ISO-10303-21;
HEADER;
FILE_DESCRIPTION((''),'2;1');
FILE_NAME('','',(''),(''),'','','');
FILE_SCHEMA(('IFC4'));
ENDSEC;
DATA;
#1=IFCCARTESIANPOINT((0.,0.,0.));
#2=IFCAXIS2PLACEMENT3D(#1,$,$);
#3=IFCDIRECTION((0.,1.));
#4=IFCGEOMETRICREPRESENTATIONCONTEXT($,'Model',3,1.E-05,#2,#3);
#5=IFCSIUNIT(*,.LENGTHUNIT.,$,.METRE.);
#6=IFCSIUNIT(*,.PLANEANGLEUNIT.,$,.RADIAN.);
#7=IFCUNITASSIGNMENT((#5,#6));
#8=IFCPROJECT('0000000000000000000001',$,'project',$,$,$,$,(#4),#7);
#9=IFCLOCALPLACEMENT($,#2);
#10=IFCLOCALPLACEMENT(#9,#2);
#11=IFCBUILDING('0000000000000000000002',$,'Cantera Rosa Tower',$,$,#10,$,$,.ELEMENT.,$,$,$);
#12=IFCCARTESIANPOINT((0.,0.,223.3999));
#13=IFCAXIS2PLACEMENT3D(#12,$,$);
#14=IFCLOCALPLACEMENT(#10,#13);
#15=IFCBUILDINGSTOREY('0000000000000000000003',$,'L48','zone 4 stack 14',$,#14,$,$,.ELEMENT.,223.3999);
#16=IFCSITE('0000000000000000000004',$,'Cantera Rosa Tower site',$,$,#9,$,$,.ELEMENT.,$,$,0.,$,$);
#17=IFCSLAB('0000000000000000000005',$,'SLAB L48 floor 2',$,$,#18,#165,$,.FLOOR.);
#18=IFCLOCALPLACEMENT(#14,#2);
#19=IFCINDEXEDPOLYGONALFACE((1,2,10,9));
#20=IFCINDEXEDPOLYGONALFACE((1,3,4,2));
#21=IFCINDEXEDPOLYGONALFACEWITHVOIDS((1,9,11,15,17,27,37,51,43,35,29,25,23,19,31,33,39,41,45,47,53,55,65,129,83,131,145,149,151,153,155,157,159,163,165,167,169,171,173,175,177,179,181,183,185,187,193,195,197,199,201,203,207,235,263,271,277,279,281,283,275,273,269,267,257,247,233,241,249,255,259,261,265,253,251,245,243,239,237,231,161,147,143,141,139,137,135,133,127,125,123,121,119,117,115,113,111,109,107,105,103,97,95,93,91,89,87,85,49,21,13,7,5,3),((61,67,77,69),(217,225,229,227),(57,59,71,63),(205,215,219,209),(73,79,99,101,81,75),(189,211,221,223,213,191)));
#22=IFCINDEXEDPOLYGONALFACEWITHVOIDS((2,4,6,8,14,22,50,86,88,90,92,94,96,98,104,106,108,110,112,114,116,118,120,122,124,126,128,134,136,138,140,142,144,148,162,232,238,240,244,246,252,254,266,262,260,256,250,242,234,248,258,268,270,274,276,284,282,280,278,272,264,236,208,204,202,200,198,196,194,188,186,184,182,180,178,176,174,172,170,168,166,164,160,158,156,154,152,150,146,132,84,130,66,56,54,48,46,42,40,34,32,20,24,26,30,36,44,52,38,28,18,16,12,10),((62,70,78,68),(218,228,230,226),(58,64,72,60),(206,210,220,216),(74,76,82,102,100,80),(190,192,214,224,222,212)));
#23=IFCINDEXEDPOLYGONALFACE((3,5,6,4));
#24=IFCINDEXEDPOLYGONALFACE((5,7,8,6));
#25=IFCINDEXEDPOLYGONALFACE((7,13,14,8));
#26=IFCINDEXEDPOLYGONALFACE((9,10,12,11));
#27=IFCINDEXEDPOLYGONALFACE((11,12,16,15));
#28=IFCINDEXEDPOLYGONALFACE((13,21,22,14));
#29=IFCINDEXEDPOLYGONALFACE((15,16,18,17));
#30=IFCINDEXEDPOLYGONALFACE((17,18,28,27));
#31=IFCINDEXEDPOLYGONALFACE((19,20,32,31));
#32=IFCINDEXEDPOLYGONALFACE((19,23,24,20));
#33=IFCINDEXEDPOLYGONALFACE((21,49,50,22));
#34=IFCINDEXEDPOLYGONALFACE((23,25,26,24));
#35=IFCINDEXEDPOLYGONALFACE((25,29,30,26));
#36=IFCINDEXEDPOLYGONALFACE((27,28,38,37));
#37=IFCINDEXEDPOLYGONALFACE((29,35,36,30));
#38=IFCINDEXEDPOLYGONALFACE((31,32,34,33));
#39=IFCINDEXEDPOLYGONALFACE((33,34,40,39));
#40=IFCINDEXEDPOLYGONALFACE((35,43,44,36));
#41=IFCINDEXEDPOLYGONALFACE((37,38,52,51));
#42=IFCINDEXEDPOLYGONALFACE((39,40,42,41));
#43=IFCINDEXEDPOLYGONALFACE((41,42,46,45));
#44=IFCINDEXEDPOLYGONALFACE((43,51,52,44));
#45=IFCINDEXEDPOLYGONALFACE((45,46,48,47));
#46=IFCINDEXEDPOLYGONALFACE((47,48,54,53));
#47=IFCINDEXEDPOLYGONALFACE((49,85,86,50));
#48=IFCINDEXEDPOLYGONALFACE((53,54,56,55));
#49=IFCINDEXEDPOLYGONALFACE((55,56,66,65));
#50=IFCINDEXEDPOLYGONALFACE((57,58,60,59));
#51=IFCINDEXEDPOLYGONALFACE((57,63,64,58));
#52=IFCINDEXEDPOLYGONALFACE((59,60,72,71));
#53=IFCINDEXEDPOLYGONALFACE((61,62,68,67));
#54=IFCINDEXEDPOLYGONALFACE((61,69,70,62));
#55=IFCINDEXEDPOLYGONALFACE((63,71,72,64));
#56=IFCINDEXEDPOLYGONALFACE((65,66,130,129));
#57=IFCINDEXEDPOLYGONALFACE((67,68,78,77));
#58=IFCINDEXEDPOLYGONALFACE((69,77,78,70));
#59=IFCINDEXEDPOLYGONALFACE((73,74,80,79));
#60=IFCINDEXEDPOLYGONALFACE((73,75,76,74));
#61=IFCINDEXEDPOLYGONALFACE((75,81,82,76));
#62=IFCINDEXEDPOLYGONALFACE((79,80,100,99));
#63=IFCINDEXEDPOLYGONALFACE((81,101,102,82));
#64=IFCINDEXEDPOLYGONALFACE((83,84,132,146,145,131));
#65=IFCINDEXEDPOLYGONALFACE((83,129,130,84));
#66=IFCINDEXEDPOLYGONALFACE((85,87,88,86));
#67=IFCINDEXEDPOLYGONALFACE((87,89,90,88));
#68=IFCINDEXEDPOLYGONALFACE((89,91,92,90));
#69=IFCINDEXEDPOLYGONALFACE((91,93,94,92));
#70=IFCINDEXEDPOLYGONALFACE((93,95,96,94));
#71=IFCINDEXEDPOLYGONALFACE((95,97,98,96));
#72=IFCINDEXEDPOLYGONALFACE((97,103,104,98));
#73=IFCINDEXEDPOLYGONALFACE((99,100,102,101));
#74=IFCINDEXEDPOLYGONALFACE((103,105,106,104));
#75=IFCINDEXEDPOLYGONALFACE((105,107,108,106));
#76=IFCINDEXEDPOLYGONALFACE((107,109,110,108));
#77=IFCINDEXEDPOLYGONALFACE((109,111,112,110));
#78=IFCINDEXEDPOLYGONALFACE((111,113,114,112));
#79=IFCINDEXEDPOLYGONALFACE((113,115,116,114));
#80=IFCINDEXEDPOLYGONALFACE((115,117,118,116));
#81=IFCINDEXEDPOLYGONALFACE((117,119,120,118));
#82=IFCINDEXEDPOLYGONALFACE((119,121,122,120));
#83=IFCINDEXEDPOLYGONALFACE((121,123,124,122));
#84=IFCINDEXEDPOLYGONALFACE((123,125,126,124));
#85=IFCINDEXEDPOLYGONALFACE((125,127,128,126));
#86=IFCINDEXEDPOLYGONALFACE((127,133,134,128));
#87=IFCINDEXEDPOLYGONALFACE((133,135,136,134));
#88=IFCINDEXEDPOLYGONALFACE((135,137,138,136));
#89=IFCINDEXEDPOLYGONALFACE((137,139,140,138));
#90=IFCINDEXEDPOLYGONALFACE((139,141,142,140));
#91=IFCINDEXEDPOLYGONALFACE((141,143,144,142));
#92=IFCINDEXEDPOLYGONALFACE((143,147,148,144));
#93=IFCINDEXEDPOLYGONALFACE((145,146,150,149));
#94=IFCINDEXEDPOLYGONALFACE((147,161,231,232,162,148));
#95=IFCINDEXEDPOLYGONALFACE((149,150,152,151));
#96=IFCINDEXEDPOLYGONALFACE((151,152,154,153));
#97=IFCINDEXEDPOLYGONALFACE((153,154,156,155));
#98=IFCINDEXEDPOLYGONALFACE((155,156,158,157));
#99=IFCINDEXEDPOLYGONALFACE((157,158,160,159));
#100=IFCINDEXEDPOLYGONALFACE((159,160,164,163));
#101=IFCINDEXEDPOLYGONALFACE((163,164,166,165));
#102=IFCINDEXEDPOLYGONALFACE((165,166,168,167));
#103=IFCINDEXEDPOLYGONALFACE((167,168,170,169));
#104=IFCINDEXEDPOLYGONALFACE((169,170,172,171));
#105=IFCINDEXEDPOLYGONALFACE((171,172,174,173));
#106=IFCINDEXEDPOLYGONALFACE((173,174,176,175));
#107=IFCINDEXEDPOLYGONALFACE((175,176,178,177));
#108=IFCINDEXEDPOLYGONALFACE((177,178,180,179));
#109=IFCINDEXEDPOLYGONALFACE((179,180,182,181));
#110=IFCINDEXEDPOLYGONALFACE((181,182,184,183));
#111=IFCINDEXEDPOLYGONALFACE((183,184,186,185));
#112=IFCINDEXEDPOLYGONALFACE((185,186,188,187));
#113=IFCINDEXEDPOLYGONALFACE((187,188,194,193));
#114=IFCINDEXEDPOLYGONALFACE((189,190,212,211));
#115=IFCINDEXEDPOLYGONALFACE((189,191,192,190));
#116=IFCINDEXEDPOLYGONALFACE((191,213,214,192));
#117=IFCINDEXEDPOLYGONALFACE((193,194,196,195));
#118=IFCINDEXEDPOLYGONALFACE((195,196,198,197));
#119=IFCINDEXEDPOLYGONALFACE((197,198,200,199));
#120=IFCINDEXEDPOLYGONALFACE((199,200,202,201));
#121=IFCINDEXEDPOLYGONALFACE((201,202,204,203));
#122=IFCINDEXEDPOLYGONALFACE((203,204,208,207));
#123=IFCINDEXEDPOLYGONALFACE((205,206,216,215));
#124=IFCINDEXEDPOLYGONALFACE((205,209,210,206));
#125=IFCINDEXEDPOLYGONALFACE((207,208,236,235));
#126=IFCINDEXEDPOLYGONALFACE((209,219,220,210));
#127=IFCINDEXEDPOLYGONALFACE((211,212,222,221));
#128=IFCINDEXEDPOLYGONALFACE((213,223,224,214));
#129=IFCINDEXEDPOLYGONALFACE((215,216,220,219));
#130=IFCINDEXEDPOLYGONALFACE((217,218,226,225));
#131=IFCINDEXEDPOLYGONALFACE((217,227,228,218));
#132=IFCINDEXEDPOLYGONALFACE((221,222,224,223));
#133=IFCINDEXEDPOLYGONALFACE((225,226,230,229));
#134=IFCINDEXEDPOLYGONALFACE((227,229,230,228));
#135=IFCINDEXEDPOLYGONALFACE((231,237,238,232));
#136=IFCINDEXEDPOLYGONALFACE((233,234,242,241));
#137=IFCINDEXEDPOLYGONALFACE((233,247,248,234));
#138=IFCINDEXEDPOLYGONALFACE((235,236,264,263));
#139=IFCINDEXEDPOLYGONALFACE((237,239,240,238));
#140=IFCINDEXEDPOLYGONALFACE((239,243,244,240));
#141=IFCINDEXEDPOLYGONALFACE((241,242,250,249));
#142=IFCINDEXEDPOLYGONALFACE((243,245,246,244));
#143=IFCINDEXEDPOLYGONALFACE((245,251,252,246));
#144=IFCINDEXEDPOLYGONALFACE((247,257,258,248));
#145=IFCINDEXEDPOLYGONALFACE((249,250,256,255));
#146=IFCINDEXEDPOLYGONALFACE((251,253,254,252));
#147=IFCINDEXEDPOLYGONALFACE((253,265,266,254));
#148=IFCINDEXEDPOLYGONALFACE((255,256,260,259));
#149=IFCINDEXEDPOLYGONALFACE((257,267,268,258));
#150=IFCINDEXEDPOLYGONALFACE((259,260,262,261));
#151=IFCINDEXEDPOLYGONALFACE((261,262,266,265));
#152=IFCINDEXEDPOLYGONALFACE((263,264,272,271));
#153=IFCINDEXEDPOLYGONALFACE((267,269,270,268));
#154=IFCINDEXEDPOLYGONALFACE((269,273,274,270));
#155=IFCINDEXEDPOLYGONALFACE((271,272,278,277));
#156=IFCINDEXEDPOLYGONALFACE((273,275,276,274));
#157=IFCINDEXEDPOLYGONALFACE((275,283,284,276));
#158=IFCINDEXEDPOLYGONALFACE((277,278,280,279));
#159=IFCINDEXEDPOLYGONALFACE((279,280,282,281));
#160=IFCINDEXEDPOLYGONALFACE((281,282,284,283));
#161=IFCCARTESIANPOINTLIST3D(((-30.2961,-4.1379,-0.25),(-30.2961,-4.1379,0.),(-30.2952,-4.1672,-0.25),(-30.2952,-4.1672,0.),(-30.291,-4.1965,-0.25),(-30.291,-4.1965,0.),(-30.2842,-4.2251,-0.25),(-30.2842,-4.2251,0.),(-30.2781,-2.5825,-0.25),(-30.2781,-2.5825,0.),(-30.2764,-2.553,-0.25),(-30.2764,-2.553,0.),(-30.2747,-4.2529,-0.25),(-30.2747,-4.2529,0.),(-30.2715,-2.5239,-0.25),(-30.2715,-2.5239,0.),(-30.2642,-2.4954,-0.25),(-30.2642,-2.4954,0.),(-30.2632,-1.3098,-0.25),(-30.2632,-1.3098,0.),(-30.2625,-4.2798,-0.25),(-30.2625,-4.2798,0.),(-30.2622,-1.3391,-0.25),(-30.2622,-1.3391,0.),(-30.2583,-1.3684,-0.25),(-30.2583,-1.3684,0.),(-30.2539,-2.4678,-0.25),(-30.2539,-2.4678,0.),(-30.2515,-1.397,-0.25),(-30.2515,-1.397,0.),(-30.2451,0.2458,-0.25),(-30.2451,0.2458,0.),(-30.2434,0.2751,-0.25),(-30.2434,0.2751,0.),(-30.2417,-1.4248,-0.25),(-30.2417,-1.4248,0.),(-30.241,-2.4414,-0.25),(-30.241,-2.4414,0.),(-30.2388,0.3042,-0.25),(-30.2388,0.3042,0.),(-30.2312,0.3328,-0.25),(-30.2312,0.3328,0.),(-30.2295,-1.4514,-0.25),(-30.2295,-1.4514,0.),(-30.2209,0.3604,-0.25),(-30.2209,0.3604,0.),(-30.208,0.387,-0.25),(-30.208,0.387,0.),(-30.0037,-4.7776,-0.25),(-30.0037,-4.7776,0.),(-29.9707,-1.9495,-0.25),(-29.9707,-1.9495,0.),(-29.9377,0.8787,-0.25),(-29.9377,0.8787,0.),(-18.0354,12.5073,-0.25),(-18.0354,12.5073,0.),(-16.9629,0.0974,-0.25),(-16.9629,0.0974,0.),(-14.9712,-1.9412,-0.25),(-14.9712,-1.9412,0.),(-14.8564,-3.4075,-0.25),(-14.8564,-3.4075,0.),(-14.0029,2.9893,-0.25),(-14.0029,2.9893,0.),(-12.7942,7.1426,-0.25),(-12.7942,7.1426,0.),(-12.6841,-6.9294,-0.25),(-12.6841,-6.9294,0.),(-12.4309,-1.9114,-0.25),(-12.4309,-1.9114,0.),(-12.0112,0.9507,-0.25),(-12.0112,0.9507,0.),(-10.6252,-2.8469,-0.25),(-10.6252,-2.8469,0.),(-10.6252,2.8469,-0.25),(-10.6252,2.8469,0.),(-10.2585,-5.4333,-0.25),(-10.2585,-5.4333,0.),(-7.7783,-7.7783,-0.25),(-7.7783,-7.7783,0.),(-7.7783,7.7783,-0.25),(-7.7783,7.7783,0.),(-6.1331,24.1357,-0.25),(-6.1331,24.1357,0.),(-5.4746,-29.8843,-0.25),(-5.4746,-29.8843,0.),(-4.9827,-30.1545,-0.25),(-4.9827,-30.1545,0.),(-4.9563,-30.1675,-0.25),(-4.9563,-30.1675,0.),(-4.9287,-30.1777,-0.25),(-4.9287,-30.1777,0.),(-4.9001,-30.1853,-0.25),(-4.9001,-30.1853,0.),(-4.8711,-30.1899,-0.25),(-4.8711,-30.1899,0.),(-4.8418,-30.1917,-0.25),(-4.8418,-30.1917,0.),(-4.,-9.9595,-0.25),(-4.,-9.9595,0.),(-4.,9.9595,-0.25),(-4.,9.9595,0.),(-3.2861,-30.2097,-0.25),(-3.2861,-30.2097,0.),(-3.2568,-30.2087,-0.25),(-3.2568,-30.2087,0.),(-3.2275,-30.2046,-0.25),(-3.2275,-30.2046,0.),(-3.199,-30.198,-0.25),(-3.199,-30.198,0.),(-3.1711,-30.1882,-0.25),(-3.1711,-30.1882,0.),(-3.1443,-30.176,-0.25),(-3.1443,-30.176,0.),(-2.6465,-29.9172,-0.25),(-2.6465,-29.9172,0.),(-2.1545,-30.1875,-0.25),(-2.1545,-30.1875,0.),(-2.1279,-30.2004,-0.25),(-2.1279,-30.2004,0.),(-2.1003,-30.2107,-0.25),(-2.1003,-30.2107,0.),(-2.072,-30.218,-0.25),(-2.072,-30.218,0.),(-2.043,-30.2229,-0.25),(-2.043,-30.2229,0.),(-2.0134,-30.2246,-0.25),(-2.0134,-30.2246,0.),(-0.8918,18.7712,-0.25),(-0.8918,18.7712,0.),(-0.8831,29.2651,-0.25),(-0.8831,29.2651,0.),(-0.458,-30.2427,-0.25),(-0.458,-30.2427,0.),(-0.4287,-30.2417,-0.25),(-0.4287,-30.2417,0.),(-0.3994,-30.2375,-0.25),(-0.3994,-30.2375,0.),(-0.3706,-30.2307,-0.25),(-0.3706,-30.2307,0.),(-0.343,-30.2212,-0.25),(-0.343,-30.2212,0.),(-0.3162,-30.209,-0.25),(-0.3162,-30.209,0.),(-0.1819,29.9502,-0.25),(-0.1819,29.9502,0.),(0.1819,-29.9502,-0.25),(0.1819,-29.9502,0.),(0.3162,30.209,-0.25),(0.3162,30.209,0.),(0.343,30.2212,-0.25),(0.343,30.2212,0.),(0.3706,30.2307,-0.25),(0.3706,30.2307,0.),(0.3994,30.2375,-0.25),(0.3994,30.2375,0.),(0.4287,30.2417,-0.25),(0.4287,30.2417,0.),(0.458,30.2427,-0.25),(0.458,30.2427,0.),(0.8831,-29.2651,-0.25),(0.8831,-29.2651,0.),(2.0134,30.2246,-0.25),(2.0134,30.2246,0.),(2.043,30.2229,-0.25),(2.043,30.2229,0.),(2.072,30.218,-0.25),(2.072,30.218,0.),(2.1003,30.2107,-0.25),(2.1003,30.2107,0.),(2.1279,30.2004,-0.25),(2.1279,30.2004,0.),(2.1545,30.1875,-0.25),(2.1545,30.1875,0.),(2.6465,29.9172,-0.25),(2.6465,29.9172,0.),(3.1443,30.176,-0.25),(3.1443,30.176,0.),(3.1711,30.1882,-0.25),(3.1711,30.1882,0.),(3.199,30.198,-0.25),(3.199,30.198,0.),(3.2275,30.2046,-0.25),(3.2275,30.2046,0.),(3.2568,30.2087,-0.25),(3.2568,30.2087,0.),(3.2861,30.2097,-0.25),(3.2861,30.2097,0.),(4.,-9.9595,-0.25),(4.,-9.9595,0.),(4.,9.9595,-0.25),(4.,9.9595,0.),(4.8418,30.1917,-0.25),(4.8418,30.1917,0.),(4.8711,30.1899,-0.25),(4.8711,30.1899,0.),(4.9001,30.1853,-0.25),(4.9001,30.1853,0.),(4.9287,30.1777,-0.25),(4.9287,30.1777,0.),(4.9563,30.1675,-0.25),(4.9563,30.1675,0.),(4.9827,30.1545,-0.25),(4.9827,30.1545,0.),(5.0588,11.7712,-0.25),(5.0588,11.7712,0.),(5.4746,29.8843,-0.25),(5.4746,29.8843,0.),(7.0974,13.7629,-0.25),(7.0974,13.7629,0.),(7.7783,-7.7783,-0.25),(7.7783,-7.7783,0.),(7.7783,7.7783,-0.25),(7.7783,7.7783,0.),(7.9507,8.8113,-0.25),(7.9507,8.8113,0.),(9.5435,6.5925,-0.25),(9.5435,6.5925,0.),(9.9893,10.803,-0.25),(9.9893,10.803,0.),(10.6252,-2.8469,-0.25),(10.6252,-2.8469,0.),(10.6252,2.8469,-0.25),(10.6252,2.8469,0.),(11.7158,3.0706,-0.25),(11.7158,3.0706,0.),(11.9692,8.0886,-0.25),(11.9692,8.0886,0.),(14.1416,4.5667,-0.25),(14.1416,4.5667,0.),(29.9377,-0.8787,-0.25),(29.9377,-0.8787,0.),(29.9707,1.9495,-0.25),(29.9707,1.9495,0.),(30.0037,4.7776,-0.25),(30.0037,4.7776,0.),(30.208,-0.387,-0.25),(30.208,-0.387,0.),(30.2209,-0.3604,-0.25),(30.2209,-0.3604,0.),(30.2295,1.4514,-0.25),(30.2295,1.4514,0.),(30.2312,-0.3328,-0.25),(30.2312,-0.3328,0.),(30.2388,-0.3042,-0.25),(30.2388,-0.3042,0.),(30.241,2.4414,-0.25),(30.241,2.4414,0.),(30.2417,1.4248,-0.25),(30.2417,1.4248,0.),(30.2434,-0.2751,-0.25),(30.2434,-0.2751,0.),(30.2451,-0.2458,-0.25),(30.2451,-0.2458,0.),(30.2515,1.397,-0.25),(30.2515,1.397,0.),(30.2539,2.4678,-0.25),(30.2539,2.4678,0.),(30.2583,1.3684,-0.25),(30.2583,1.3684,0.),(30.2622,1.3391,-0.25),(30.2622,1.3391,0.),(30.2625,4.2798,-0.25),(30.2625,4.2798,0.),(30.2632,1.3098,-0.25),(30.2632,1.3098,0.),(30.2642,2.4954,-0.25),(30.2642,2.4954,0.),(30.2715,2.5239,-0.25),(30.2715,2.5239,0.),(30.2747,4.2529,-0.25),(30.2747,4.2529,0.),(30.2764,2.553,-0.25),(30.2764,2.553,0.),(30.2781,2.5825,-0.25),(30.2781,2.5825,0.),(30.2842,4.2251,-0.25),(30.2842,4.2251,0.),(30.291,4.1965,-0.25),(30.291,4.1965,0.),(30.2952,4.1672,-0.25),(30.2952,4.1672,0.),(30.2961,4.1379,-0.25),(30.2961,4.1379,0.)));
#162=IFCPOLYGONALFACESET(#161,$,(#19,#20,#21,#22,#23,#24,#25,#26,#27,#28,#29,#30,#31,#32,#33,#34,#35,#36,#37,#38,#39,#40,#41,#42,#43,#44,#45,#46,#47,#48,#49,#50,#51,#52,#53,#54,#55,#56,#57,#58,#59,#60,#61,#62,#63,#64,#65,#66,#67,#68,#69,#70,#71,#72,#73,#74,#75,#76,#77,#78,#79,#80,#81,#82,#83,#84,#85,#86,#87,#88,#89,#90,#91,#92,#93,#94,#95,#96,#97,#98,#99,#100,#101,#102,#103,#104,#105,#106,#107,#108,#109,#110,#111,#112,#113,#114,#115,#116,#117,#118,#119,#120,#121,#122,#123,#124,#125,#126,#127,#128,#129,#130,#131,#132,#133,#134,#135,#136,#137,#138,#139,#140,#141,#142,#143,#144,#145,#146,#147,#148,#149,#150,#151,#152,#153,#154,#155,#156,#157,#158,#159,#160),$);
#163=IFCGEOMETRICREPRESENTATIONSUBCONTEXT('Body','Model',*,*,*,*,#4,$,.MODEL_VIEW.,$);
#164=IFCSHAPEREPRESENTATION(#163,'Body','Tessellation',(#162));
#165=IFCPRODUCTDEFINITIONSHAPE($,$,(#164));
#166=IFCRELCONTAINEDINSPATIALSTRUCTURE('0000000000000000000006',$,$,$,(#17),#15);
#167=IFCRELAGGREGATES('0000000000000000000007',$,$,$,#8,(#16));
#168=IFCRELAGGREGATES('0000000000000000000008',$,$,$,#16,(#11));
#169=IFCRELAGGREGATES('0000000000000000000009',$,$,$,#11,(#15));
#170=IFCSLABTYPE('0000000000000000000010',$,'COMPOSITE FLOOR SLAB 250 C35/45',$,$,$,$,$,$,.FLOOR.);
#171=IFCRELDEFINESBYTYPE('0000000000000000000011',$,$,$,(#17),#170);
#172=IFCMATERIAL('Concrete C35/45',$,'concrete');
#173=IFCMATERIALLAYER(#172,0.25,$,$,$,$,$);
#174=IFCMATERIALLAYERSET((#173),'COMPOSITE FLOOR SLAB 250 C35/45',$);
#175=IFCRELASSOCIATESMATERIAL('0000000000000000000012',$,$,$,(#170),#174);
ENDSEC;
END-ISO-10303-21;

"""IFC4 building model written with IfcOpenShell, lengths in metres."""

from ifc_helpers import new_model, si_unit, direction, frame, origin, place, context, subcontext, project, spatial, polyline, outline, extrude, material, layer, layer_set, type_object, element, save


model = new_model("IFC4")

# Units and contexts
model_context = context("Model", 3, precision=1e-05, world=origin(), true_north=direction((0.0, 1.0)))
body_context = subcontext(model_context, "Body", "Model", "MODEL_VIEW")
ifc_project = project(units=[si_unit("LENGTHUNIT", "METRE"), si_unit("PLANEANGLEUNIT", "RADIAN")], contexts=[model_context])

# Site, building, storey
site_placement = place(None, origin())
site = spatial("IfcSite", under=ifc_project, at=site_placement, Name="Cantera Rosa Tower site", CompositionType="ELEMENT", RefElevation=0.0)
building_placement = place(site_placement, origin())
building = spatial("IfcBuilding", under=site, at=building_placement, Name="Cantera Rosa Tower", CompositionType="ELEMENT")
storey_placement = place(building_placement, frame((0.0, 0.0, 223.3999)))
storey = spatial("IfcBuildingStorey", under=building, at=storey_placement, Name="L48", Description="zone 4 stack 14", CompositionType="ELEMENT", Elevation=223.3999)

# Slab
ifc_material_1 = material(Name="Concrete C35/45", Category="concrete")
ifc_layer_1 = layer(ifc_material_1, 0.25)
ifc_layer_set_1 = layer_set([ifc_layer_1], Name="COMPOSITE FLOOR SLAB 250 C35/45")
slab_type_1 = type_object("IfcSlabType", Name="COMPOSITE FLOOR SLAB 250 C35/45", PredefinedType="FLOOR", material=ifc_layer_set_1)
slab_1_placement = place(storey_placement, frame((0.0, 0.0, -0.25)))
element("IfcSlab", 1, at=slab_1_placement, inside=storey, type_object=slab_type_1, Name="SLAB L48 floor 2", PredefinedType="FLOOR", context=body_context, shape_type="SweptSolid", body=[
    extrude(outline(polyline([(-2.1279, -30.2004), (-2.1545, -30.1875), (-2.6465, -29.9172), (-3.1443, -30.176), (-3.1711, -30.1882), (-3.199, -30.198), (-3.2275, -30.2046), (-3.2568, -30.2087), (-3.2861, -30.2097), (-4.8418, -30.1917), (-4.8711, -30.1899), (-4.9001, -30.1853), (-4.9287, -30.1777), (-4.9563, -30.1675), (-4.9827, -30.1545), (-5.4746, -29.8843), (-30.0037, -4.7776), (-30.2625, -4.2798), (-30.2747, -4.2529), (-30.2842, -4.2251), (-30.291, -4.1965), (-30.2952, -4.1672), (-30.2961, -4.1379), (-30.2781, -2.5825), (-30.2764, -2.553), (-30.2715, -2.5239), (-30.2642, -2.4954), (-30.2539, -2.4678), (-30.241, -2.4414), (-29.9707, -1.9495), (-30.2295, -1.4514), (-30.2417, -1.4248), (-30.2515, -1.397), (-30.2583, -1.3684), (-30.2622, -1.3391), (-30.2632, -1.3098), (-30.2451, 0.2458), (-30.2434, 0.2751), (-30.2388, 0.3042), (-30.2312, 0.3328), (-30.2209, 0.3604), (-30.208, 0.387), (-29.9377, 0.8787), (-18.0354, 12.5073), (-12.7942, 7.1426), (-0.8918, 18.7712), (-6.1331, 24.1357), (-0.8831, 29.2651), (-0.1819, 29.9502), (0.3162, 30.209), (0.343, 30.2212), (0.3706, 30.2307), (0.3994, 30.2375), (0.4287, 30.2417), (0.458, 30.2427), (2.0134, 30.2246), (2.043, 30.2229), (2.072, 30.218), (2.1003, 30.2107), (2.1279, 30.2004), (2.1545, 30.1875), (2.6465, 29.9172), (3.1443, 30.176), (3.1711, 30.1882), (3.199, 30.198), (3.2275, 30.2046), (3.2568, 30.2087), (3.2861, 30.2097), (4.8418, 30.1917), (4.8711, 30.1899), (4.9001, 30.1853), (4.9287, 30.1777), (4.9563, 30.1675), (4.9827, 30.1545), (5.4746, 29.8843), (30.0037, 4.7776), (30.2625, 4.2798), (30.2747, 4.2529), (30.2842, 4.2251), (30.291, 4.1965), (30.2952, 4.1672), (30.2961, 4.1379), (30.2781, 2.5825), (30.2764, 2.553), (30.2715, 2.5239), (30.2642, 2.4954), (30.2539, 2.4678), (30.241, 2.4414), (29.9707, 1.9495), (30.2295, 1.4514), (30.2417, 1.4248), (30.2515, 1.397), (30.2583, 1.3684), (30.2622, 1.3391), (30.2632, 1.3098), (30.2451, -0.2458), (30.2434, -0.2751), (30.2388, -0.3042), (30.2312, -0.3328), (30.2209, -0.3604), (30.208, -0.387), (29.9377, -0.8787), (0.8831, -29.2651), (0.1819, -29.9502), (-0.3162, -30.209), (-0.343, -30.2212), (-0.3706, -30.2307), (-0.3994, -30.2375), (-0.4287, -30.2417), (-0.458, -30.2427), (-2.0134, -30.2246), (-2.043, -30.2229), (-2.072, -30.218), (-2.1003, -30.2107), (-2.1279, -30.2004)]), holes=[polyline([(-12.4309, -1.9114), (-14.8564, -3.4075), (-12.6841, -6.9294), (-10.2585, -5.4333), (-12.4309, -1.9114)]), polyline([(-7.7783, 7.7783), (-10.6252, 2.8469), (-10.6252, -2.8469), (-7.7783, -7.7783), (-4.0, -9.9595), (-4.0, 9.9595), (-7.7783, 7.7783)]), polyline([(-14.0029, 2.9893), (-16.9629, 0.0974), (-14.9712, -1.9412), (-12.0112, 0.9507), (-14.0029, 2.9893)]), polyline([(7.7783, -7.7783), (10.6252, -2.8469), (10.6252, 2.8469), (7.7783, 7.7783), (4.0, 9.9595), (4.0, -9.9595), (7.7783, -7.7783)]), polyline([(14.1416, 4.5667), (11.9692, 8.0886), (9.5435, 6.5925), (11.7158, 3.0706), (14.1416, 4.5667)]), polyline([(9.9893, 10.803), (7.0974, 13.7629), (5.0588, 11.7712), (7.9507, 8.8113), (9.9893, 10.803)])]), origin(), (0.0, 0.0, 1.0), 0.25),
])

save(model, "model.ifc")
